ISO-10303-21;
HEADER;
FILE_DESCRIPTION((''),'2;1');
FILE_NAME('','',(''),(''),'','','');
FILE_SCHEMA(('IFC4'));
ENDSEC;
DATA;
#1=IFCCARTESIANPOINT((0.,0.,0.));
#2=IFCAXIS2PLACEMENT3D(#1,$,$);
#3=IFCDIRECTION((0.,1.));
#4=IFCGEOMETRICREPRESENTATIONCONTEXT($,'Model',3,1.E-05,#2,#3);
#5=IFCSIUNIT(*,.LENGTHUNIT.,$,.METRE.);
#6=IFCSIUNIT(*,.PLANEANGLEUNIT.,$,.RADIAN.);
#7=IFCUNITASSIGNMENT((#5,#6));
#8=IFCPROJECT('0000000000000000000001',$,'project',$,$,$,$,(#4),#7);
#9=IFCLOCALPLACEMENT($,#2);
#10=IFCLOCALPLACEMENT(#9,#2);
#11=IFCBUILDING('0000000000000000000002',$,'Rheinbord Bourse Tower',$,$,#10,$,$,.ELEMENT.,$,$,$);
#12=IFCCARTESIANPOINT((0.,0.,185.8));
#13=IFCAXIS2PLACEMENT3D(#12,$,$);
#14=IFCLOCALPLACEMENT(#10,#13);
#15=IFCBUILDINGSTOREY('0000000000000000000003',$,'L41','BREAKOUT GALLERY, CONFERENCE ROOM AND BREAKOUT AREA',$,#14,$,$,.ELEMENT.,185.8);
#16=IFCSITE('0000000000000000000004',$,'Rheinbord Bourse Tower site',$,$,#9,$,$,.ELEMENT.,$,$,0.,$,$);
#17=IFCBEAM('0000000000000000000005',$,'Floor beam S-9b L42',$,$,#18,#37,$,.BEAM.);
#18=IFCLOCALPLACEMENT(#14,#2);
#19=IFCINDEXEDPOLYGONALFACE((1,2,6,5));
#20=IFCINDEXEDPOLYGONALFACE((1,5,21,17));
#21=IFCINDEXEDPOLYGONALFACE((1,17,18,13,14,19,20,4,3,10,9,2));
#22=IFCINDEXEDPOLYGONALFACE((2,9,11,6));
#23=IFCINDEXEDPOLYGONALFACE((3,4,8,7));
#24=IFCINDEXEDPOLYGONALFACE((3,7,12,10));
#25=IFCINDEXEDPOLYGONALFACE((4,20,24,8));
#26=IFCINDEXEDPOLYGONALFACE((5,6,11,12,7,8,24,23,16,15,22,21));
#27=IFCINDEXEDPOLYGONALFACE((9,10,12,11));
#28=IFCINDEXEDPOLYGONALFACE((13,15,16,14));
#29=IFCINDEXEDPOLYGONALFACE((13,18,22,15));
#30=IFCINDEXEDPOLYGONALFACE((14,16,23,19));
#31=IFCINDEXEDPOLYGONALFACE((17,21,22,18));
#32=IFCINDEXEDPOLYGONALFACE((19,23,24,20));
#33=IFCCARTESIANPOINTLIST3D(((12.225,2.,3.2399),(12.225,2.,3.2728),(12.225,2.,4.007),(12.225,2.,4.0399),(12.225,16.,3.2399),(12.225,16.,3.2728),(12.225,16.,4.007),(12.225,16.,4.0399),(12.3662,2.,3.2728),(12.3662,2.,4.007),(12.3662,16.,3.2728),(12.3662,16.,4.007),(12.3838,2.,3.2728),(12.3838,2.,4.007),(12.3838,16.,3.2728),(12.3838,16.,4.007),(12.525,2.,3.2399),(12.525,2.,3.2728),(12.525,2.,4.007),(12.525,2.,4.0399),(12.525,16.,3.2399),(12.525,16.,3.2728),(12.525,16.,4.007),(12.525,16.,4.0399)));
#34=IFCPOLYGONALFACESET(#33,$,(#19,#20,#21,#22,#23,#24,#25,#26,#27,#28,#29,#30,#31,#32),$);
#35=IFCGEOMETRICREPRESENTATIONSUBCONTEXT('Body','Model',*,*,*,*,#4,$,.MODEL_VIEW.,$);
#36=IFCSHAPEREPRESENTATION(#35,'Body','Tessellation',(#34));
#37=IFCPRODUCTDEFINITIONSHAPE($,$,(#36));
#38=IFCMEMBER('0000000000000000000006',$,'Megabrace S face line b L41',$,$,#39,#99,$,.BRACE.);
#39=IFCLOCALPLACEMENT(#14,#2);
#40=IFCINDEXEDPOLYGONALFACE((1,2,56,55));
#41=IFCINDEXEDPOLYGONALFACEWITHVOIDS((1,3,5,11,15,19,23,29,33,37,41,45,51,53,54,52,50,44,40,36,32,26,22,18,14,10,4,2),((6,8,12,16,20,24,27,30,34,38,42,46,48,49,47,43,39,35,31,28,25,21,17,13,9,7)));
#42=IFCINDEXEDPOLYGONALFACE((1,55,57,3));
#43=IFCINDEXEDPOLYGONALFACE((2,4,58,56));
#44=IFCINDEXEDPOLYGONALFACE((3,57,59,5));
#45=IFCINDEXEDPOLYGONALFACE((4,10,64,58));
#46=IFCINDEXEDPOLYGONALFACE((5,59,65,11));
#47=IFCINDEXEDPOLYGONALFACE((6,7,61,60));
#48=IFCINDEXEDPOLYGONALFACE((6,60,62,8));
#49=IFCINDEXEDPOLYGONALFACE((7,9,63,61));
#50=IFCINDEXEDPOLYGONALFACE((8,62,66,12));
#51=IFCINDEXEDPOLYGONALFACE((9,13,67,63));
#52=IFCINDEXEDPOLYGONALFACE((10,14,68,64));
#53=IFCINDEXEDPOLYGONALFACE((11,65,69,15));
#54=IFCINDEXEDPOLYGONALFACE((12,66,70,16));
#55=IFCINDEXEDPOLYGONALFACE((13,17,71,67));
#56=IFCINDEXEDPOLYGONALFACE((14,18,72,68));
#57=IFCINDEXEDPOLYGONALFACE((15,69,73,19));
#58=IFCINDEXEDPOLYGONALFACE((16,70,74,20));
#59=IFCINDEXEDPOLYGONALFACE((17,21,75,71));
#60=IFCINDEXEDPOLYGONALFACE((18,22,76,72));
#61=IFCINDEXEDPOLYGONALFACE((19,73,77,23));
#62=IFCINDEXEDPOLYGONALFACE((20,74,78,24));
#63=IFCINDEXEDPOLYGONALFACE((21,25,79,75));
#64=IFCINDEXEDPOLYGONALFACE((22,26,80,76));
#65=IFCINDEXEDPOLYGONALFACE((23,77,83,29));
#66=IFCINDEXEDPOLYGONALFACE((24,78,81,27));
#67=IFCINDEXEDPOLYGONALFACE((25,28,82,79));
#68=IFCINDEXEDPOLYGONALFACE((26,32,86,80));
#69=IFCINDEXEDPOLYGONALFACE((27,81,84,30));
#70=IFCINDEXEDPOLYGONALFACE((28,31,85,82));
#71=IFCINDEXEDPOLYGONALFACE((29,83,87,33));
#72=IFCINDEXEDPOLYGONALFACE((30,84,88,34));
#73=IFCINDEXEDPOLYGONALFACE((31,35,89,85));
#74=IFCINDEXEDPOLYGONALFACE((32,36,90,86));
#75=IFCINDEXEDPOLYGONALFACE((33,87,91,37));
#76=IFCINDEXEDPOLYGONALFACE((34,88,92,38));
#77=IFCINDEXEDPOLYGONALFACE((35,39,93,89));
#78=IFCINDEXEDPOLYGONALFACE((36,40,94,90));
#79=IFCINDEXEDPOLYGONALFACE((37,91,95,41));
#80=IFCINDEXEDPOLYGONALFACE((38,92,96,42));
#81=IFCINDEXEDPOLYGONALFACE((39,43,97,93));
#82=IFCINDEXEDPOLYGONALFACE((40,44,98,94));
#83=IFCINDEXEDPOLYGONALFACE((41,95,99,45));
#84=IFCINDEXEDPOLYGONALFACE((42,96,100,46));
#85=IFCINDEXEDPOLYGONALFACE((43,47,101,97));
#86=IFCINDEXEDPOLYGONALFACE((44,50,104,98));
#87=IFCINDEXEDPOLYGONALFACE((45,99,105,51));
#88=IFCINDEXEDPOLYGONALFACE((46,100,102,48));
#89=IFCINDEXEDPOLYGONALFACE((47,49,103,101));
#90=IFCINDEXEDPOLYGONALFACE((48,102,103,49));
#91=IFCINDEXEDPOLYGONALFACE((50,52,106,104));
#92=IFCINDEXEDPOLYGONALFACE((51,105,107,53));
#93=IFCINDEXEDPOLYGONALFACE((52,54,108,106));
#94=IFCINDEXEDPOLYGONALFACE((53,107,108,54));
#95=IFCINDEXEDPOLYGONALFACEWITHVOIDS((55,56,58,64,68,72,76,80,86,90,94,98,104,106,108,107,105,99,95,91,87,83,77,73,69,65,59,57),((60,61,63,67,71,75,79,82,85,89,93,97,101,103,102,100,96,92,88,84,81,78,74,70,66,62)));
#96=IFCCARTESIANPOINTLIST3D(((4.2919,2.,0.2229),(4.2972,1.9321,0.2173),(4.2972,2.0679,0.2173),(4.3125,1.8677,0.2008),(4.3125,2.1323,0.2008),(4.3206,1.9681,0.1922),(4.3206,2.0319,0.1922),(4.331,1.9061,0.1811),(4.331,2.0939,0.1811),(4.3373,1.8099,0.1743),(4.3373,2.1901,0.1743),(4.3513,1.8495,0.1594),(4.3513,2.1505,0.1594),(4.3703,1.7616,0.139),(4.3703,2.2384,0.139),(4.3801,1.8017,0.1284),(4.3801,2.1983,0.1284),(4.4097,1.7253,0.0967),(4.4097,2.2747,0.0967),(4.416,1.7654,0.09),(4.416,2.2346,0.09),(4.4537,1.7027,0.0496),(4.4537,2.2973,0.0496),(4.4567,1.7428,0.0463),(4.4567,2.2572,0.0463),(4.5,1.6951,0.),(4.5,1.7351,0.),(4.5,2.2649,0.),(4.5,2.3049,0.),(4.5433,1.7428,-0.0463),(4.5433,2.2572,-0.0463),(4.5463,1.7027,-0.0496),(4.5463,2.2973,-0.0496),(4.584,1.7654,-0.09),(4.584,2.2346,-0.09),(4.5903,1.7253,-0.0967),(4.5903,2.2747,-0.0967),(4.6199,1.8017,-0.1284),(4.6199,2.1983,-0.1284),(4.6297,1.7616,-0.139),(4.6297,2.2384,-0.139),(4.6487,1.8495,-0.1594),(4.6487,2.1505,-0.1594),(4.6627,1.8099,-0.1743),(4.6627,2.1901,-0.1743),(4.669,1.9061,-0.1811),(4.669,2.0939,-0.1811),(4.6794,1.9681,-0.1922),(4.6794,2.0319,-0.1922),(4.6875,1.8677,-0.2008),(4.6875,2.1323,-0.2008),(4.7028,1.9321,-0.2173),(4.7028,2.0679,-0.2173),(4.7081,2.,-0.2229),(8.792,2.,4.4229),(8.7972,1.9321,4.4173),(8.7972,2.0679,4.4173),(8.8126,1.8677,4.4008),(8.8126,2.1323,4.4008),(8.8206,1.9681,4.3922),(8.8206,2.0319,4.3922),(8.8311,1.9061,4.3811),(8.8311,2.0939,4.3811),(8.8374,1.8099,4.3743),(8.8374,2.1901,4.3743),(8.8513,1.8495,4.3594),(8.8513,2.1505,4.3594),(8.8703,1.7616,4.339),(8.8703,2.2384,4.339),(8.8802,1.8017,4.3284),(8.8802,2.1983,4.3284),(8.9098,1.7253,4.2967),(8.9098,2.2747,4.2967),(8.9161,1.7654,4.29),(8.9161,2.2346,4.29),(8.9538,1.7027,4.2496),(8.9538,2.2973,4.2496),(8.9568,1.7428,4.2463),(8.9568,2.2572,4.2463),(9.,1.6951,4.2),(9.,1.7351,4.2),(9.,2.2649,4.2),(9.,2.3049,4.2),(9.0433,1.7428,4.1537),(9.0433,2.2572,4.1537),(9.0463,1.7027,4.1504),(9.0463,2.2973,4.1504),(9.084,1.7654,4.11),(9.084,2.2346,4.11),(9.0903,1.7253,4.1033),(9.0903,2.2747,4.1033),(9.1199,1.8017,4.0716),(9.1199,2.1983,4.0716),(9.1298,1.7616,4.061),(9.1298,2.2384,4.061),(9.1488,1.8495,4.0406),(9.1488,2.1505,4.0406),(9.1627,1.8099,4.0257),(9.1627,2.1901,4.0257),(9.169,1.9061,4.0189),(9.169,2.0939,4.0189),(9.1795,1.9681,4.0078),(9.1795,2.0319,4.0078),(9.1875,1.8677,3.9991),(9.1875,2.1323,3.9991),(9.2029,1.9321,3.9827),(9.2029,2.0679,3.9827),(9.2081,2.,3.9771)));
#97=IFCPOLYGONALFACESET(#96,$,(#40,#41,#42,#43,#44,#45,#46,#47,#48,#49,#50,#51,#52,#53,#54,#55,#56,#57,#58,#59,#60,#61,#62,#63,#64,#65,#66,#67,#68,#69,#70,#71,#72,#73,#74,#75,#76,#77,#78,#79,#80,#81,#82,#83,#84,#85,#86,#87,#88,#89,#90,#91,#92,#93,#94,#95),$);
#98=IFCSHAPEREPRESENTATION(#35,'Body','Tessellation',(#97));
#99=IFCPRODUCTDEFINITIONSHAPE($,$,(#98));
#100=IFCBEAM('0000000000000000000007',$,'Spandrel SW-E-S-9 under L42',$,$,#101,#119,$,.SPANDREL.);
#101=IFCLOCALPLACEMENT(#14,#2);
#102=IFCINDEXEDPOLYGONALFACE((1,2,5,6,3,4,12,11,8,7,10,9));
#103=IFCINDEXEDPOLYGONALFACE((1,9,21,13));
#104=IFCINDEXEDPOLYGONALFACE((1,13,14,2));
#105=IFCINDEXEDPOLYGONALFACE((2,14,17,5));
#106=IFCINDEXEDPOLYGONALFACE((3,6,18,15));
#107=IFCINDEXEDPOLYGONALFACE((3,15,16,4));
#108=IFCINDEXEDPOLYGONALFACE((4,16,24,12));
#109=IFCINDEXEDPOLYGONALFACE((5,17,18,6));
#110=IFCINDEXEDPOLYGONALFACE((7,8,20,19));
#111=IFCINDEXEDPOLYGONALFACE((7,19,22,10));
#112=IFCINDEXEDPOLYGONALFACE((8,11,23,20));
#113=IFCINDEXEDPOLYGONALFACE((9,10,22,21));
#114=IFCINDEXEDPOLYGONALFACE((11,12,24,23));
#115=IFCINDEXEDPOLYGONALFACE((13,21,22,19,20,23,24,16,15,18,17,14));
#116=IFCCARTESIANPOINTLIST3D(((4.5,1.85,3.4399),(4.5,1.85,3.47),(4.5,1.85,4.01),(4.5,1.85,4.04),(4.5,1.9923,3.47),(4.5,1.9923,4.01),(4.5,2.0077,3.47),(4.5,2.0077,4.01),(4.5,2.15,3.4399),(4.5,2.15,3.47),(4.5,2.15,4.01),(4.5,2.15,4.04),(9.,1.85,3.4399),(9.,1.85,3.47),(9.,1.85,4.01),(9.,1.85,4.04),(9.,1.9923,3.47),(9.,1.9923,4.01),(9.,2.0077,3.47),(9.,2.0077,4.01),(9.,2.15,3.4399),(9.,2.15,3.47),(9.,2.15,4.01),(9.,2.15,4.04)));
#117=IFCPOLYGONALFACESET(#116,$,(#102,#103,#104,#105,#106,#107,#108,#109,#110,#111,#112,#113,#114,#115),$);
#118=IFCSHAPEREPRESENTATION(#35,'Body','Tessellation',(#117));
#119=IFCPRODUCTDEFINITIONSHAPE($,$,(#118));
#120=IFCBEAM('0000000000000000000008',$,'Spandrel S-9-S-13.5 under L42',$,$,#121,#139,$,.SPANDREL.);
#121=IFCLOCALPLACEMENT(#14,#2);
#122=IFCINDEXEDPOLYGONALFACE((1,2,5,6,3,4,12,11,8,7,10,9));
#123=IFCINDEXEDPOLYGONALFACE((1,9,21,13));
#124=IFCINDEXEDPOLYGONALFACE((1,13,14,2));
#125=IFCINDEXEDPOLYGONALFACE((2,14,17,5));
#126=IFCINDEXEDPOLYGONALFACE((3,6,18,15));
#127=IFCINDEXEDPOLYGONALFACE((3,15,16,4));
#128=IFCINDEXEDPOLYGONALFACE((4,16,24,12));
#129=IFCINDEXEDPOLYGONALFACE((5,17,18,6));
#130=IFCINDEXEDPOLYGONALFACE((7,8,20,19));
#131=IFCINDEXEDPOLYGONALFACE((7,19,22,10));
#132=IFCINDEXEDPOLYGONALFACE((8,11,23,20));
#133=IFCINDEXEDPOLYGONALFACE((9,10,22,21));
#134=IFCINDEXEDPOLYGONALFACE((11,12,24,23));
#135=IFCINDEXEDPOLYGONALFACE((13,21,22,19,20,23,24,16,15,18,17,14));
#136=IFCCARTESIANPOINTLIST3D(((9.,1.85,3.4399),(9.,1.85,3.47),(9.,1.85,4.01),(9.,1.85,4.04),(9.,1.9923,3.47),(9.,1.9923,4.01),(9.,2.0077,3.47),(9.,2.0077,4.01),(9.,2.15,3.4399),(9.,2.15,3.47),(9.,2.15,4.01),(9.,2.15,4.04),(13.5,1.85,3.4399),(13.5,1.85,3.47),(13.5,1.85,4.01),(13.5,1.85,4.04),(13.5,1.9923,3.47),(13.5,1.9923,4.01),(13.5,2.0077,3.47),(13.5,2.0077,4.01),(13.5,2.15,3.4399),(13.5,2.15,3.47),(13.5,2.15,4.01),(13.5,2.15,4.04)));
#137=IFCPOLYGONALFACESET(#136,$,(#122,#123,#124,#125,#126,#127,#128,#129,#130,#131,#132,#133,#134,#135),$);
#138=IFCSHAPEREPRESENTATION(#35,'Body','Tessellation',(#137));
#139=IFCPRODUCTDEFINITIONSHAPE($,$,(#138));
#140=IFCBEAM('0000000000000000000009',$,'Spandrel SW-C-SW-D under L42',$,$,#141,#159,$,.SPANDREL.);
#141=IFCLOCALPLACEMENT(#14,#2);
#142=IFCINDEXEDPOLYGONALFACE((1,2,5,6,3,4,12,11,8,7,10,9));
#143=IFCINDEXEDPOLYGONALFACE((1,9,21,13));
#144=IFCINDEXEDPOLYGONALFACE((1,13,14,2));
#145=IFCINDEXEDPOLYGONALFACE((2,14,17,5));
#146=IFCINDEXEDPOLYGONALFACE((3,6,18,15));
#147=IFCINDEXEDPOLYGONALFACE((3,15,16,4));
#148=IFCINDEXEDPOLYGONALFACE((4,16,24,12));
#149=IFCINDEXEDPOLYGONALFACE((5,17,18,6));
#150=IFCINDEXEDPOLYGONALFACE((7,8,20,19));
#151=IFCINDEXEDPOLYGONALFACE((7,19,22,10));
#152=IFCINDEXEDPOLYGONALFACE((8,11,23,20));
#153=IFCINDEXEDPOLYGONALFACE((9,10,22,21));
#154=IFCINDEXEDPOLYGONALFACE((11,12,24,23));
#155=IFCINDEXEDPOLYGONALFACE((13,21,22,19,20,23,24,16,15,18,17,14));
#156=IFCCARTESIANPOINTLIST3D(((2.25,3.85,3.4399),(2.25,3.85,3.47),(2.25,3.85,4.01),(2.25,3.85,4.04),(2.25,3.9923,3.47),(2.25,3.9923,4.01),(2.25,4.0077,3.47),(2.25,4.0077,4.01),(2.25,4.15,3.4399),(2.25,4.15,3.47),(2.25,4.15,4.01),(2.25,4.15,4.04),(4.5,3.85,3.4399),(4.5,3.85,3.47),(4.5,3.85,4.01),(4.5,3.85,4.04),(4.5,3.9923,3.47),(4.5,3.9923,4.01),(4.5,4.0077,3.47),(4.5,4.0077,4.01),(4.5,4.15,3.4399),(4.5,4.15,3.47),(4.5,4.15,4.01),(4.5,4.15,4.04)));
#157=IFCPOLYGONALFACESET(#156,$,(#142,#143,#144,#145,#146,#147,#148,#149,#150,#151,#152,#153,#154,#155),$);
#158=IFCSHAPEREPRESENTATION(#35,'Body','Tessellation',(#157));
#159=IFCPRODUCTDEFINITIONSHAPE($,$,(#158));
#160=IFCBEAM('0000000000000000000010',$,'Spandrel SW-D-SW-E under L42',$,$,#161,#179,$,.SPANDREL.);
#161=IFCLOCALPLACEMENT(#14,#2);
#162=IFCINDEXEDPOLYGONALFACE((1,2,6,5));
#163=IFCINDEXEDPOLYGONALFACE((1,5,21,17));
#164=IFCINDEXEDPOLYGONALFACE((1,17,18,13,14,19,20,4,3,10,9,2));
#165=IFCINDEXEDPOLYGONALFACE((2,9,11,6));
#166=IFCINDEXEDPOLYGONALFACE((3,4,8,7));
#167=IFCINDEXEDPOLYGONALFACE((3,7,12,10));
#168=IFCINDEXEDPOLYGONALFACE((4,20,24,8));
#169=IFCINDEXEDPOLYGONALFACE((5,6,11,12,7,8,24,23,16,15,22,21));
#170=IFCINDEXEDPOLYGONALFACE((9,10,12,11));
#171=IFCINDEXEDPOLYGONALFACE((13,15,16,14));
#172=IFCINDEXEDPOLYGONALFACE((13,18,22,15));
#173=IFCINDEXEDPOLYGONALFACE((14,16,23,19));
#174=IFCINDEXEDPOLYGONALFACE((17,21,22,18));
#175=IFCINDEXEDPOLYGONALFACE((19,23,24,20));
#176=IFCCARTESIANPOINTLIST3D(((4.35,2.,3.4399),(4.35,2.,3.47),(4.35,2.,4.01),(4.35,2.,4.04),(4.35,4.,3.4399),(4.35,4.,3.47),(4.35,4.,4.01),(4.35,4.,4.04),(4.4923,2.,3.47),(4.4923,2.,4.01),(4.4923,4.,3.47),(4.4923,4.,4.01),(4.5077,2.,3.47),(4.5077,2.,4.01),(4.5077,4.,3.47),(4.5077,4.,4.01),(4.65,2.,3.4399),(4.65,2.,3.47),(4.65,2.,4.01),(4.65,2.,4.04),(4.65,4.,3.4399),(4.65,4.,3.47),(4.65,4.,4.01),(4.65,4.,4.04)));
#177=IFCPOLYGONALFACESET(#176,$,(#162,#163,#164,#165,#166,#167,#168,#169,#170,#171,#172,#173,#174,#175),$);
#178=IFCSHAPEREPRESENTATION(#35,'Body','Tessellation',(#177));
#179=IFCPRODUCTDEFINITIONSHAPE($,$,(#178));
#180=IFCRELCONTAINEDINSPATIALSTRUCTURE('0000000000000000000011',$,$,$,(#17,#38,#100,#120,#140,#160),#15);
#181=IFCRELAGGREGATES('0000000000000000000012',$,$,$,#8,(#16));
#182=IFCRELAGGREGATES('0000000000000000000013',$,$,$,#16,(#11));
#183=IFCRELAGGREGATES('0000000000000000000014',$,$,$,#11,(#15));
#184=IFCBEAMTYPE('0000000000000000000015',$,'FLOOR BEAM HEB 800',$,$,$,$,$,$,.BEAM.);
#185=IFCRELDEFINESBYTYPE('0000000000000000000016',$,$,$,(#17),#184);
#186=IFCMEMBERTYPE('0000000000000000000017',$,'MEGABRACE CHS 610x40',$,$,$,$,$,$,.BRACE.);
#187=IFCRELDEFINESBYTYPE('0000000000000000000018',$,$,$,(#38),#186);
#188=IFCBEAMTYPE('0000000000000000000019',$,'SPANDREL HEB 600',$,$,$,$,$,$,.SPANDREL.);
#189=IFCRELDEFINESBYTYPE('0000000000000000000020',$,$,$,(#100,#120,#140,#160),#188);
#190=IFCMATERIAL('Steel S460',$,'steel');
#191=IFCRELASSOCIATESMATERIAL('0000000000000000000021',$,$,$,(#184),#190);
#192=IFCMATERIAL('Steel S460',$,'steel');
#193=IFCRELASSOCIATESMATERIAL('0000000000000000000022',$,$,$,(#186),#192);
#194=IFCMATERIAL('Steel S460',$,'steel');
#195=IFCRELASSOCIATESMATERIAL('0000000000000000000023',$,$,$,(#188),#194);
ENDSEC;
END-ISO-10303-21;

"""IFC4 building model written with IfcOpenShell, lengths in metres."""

from ifc_helpers import new_model, si_unit, direction, frame, origin, origin_2d, place, context, subcontext, project, spatial, hollow_circle, i_section, extrude, material, material_profile, profile_set, type_object, element, save


model = new_model("IFC4")

# Units and contexts
model_context = context("Model", 3, precision=1e-05, world=origin(), true_north=direction((0.0, 1.0)))
body_context = subcontext(model_context, "Body", "Model", "MODEL_VIEW")
ifc_project = project(units=[si_unit("LENGTHUNIT", "METRE"), si_unit("PLANEANGLEUNIT", "RADIAN")], contexts=[model_context])

# Site, building, storey
site_placement = place(None, origin())
site = spatial("IfcSite", under=ifc_project, at=site_placement, Name="Rheinbord Bourse Tower site", CompositionType="ELEMENT", RefElevation=0.0)
building_placement = place(site_placement, origin())
building = spatial("IfcBuilding", under=site, at=building_placement, Name="Rheinbord Bourse Tower", CompositionType="ELEMENT")
storey_placement = place(building_placement, frame((0.0, 0.0, 185.8)))
storey = spatial("IfcBuildingStorey", under=building, at=storey_placement, Name="L41", Description="BREAKOUT GALLERY, CONFERENCE ROOM AND BREAKOUT AREA", CompositionType="ELEMENT", Elevation=185.8)

# Beam
ifc_material_1 = material(Name="Steel S460", Category="steel")
ifc_material_profile_1 = material_profile(ifc_material_1, i_section(OverallWidth=0.3, OverallDepth=0.8, WebThickness=0.0176, FlangeThickness=0.033, at=origin_2d()), Name="HEB 800")
ifc_profile_set_1 = profile_set([ifc_material_profile_1], Name="Steel S460")
beam_type_1 = type_object("IfcBeamType", Name="FLOOR BEAM HEB 800", PredefinedType="BEAM", material=ifc_profile_set_1)
for number, where, z_axis, x_axis, name in (
    (1, (12.375, 2.0, 3.6399), (0.0, 1.0, 0.0), (-1.0, 0.0, 0.0), "Floor beam S-9b L42"),
):
    element("IfcBeam", number, at=place(storey_placement, frame(where, z_axis=z_axis, x_axis=x_axis)), inside=storey, type_object=beam_type_1, Name=name, PredefinedType="BEAM", context=body_context, shape_type="SweptSolid", body=[
        extrude(i_section(OverallWidth=0.3, OverallDepth=0.8, WebThickness=0.0176, FlangeThickness=0.033, at=origin_2d()), origin(), (0.0, 0.0, 1.0), 14.0),
    ])

# Member
ifc_material_2 = material(Name="Steel S460", Category="steel")
ifc_material_profile_2 = material_profile(ifc_material_2, hollow_circle(Radius=0.3049, WallThickness=0.04, at=origin_2d()), Name="CHS 610x40")
ifc_profile_set_2 = profile_set([ifc_material_profile_2], Name="Steel S460")
member_type_1 = type_object("IfcMemberType", Name="MEGABRACE CHS 610x40", PredefinedType="BRACE", material=ifc_profile_set_2)
member_1_placement = place(storey_placement, frame((4.5, 2.0, 0.0), z_axis=(0.731059, 0.0, 0.682314), x_axis=(0.0, 1.0, 0.0)))
element("IfcMember", 2, at=member_1_placement, inside=storey, type_object=member_type_1, Name="Megabrace S face line b L41", PredefinedType="BRACE", context=body_context, shape_type="SweptSolid", body=[
    extrude(hollow_circle(Radius=0.3049, WallThickness=0.04, at=origin_2d()), origin(), (0.0, 0.0, 1.0), 6.1555),
])

# Beams
ifc_material_3 = material(Name="Steel S460", Category="steel")
ifc_material_profile_3 = material_profile(ifc_material_3, i_section(OverallWidth=0.3, OverallDepth=0.6001, WebThickness=0.0154, FlangeThickness=0.03, at=origin_2d()), Name="HEB 600")
ifc_profile_set_3 = profile_set([ifc_material_profile_3], Name="Steel S460")
beam_type_2 = type_object("IfcBeamType", Name="SPANDREL HEB 600", PredefinedType="SPANDREL", material=ifc_profile_set_3)
for number, where, z_axis, x_axis, name in (
    (3, (4.5, 2.0, 3.74), (1.0, 0.0, 0.0), (0.0, 1.0, 0.0), "Spandrel SW-E-S-9 under L42"),
    (4, (9.0, 2.0, 3.74), (1.0, 0.0, 0.0), (0.0, 1.0, 0.0), "Spandrel S-9-S-13.5 under L42"),
):
    element("IfcBeam", number, at=place(storey_placement, frame(where, z_axis=z_axis, x_axis=x_axis)), inside=storey, type_object=beam_type_2, Name=name, PredefinedType="SPANDREL", context=body_context, shape_type="SweptSolid", body=[
        extrude(i_section(OverallWidth=0.3, OverallDepth=0.6001, WebThickness=0.0154, FlangeThickness=0.03, at=origin_2d()), origin(), (0.0, 0.0, 1.0), 4.5),
    ])
beam_1_placement = place(storey_placement, frame((2.25, 4.0, 3.74), z_axis=(1.0, 0.0, 0.0), x_axis=(0.0, 1.0, 0.0)))
element("IfcBeam", 5, at=beam_1_placement, inside=storey, type_object=beam_type_2, Name="Spandrel SW-C-SW-D under L42", PredefinedType="SPANDREL", context=body_context, shape_type="SweptSolid", body=[
    extrude(i_section(OverallWidth=0.3, OverallDepth=0.6001, WebThickness=0.0154, FlangeThickness=0.03, at=origin_2d()), origin(), (0.0, 0.0, 1.0), 2.25),
])
beam_2_placement = place(storey_placement, frame((4.5, 4.0, 3.74), z_axis=(0.0, -1.0, 0.0), x_axis=(1.0, 0.0, 0.0)))
element("IfcBeam", 6, at=beam_2_placement, inside=storey, type_object=beam_type_2, Name="Spandrel SW-D-SW-E under L42", PredefinedType="SPANDREL", context=body_context, shape_type="SweptSolid", body=[
    extrude(i_section(OverallWidth=0.3, OverallDepth=0.6001, WebThickness=0.0154, FlangeThickness=0.03, at=origin_2d()), origin(), (0.0, 0.0, 1.0), 2.0),
])

save(model, "model.ifc")
